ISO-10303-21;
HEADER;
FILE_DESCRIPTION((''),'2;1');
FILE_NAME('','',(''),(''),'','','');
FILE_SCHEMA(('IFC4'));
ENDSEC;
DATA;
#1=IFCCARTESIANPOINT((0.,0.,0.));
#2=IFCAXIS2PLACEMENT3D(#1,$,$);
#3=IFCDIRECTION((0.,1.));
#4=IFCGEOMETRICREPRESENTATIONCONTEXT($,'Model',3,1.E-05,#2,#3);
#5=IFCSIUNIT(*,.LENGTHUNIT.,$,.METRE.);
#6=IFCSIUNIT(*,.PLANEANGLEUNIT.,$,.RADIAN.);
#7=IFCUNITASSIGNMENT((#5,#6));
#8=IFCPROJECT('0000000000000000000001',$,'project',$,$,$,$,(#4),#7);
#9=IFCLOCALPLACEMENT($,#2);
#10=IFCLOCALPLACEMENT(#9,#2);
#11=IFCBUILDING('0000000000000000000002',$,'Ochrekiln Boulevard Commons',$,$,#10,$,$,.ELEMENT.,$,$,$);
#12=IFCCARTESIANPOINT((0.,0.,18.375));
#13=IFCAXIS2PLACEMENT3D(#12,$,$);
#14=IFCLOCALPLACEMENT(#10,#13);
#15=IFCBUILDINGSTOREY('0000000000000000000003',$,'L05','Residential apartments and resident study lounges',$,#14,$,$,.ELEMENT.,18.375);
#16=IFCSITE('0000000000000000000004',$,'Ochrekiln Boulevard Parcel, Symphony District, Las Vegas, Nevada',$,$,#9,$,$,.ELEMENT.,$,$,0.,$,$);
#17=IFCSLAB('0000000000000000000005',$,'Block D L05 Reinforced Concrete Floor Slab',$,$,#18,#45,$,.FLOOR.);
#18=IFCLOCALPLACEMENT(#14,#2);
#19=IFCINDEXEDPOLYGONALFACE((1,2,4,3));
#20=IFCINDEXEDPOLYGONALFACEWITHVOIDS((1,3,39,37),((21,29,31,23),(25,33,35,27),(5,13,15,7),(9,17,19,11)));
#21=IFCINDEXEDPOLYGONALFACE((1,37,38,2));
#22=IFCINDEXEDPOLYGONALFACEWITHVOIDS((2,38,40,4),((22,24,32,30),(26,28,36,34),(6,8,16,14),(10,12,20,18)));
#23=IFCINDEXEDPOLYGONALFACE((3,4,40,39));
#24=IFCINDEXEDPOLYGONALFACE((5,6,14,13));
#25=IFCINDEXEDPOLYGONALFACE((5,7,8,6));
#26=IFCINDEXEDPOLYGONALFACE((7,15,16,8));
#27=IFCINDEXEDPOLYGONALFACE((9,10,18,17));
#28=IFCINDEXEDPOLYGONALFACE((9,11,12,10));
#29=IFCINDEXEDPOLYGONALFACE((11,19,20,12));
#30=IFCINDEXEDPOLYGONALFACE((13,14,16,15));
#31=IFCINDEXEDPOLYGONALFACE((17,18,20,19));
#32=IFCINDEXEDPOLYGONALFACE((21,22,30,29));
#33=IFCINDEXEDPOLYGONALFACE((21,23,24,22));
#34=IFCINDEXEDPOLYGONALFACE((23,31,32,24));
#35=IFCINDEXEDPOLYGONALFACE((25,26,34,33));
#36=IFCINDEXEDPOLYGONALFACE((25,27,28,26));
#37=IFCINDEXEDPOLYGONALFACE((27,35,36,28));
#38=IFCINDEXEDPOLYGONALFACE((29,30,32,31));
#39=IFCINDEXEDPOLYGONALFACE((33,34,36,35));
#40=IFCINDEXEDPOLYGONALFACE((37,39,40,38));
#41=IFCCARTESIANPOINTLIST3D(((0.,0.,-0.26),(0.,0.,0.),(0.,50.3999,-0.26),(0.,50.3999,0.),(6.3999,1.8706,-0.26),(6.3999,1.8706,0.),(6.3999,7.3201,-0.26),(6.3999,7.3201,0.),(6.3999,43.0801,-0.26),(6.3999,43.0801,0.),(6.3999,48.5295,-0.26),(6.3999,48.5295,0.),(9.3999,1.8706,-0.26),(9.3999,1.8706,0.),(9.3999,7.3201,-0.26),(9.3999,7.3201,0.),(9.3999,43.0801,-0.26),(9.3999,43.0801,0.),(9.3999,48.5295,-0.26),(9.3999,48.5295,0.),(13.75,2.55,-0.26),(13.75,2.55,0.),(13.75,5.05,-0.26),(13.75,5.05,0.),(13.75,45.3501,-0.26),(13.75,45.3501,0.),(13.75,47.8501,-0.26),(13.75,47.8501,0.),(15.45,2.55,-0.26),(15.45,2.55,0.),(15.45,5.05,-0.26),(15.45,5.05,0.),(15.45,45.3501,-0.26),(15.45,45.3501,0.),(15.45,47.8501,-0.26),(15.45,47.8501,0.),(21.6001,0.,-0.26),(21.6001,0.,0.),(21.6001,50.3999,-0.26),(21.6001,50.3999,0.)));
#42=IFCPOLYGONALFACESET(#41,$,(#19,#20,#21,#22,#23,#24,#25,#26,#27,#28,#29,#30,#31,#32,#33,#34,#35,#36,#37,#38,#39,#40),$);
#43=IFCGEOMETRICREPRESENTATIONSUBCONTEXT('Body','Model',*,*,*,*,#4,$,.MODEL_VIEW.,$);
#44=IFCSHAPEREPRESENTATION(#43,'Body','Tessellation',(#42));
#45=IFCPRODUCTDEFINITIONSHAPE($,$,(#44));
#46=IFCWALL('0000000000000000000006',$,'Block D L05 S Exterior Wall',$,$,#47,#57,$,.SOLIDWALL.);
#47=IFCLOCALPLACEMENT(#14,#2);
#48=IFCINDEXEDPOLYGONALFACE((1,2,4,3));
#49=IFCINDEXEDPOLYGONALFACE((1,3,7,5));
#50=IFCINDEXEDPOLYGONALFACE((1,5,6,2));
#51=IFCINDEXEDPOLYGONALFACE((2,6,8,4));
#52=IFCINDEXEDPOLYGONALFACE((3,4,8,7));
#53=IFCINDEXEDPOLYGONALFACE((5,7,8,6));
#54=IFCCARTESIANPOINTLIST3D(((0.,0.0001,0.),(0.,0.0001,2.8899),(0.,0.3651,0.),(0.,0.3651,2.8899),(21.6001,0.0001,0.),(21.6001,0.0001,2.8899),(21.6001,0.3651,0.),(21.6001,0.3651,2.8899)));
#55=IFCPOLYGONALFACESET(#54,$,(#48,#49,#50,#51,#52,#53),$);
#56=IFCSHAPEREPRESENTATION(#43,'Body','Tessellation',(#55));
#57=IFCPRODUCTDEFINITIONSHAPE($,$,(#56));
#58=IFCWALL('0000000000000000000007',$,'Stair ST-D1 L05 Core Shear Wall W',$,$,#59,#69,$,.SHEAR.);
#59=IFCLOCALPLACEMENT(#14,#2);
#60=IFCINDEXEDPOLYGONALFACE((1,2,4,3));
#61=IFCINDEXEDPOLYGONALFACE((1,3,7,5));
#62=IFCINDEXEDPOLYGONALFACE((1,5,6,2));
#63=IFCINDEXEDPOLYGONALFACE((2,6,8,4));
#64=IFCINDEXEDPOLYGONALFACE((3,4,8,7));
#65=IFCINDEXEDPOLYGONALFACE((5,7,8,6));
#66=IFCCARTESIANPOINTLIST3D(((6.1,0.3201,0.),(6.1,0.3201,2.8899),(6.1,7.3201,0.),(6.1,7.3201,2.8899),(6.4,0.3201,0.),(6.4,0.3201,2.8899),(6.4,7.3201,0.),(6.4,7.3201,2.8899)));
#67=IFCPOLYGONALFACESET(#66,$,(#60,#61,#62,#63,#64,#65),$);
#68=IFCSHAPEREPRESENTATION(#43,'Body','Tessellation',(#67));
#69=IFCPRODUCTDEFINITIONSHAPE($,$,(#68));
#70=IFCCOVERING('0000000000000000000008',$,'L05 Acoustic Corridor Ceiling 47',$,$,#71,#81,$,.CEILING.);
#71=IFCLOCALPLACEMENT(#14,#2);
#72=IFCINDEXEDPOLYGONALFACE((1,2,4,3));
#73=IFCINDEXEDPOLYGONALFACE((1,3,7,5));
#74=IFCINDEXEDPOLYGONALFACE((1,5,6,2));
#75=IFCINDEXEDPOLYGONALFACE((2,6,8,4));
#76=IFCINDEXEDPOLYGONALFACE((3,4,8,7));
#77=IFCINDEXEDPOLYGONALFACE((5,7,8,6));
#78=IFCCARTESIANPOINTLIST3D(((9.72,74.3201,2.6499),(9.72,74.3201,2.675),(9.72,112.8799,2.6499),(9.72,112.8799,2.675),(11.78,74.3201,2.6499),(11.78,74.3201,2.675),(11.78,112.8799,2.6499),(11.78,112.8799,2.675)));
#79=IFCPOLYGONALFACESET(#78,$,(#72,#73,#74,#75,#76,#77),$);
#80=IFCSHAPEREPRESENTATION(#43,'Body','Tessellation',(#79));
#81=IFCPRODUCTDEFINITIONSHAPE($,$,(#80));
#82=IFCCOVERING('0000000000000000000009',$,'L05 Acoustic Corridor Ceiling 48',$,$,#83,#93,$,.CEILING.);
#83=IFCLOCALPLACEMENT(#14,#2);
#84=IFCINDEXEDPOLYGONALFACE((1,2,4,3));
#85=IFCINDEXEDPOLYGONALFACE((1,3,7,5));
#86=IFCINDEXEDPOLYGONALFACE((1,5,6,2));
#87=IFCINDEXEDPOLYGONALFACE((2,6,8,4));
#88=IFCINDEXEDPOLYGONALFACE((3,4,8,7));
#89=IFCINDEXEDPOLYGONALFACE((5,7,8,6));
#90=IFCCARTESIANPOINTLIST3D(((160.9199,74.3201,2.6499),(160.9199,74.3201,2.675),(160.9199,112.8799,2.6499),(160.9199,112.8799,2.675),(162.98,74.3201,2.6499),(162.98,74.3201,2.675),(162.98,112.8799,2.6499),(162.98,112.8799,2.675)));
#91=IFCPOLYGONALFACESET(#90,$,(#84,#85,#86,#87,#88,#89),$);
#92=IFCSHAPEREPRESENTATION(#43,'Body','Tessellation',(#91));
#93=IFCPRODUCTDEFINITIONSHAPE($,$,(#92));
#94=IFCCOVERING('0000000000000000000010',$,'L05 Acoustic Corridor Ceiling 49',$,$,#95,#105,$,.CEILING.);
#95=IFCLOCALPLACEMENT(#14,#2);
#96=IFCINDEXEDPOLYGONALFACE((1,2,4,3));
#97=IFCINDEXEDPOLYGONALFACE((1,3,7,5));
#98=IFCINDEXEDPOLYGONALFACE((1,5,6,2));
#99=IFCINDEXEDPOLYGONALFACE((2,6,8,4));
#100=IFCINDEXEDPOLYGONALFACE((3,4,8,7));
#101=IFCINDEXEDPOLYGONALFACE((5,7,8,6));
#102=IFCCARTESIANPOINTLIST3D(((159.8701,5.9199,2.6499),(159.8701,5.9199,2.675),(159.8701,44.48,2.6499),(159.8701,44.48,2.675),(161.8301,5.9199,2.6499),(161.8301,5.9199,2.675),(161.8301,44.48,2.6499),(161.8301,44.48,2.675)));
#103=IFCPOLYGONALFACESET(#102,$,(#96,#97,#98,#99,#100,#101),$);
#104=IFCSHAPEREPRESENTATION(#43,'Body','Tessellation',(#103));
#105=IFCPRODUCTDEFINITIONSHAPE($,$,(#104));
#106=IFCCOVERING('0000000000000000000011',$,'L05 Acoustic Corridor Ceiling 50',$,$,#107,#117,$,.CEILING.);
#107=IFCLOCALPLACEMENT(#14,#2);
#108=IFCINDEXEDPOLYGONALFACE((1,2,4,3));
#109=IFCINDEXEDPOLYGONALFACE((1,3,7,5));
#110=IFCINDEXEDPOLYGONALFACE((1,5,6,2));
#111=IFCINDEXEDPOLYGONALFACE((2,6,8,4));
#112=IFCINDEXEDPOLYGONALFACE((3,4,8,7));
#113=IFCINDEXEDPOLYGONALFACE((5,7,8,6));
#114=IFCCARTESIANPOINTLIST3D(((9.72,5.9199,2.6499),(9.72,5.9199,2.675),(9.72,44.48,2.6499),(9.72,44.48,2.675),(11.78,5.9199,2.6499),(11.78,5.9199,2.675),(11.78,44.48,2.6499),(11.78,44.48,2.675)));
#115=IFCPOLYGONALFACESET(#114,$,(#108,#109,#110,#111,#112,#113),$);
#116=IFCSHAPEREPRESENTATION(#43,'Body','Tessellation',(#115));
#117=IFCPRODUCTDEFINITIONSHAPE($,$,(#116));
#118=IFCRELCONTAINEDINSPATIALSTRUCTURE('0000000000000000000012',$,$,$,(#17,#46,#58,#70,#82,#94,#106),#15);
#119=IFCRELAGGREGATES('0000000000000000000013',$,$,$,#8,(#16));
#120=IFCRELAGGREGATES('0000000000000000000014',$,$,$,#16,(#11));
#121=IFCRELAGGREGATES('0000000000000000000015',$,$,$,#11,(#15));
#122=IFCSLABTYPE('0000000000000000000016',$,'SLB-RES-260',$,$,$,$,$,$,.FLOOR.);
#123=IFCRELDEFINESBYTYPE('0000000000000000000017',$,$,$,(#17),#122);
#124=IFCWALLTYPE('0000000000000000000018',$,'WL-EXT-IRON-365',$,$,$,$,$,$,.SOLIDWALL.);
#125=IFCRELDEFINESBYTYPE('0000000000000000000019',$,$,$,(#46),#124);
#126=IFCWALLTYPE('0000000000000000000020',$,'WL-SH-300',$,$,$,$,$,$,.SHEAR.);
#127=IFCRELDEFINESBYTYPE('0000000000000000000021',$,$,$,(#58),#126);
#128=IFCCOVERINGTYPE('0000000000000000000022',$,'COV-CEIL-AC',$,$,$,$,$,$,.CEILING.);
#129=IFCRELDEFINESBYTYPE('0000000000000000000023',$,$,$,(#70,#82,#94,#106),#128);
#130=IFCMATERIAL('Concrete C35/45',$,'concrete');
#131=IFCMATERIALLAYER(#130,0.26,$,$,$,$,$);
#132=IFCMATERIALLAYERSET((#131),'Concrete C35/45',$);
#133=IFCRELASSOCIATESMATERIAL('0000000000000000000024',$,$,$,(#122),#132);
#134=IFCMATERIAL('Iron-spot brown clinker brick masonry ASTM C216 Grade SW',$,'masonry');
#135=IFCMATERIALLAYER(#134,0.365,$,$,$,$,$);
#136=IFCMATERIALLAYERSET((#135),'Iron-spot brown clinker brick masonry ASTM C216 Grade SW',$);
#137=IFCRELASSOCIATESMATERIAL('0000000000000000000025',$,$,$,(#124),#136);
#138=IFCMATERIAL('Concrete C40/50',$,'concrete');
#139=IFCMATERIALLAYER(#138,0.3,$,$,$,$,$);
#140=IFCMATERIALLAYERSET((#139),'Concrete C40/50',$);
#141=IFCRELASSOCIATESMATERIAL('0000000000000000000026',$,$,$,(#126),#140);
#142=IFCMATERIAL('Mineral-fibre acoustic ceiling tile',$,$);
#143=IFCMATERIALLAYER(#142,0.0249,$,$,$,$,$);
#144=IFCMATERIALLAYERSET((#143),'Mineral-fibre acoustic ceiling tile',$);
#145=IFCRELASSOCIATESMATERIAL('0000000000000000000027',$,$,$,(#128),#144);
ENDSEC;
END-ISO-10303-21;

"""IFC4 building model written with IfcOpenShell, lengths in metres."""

from ifc_helpers import new_model, si_unit, direction, frame, frame_2d, origin, place, context, subcontext, project, spatial, polyline, rectangle, outline, extrude, material, layer, layer_set, type_object, element, save


model = new_model("IFC4")

# Units and contexts
model_context = context("Model", 3, precision=1e-05, world=origin(), true_north=direction((0.0, 1.0)))
body_context = subcontext(model_context, "Body", "Model", "MODEL_VIEW")
ifc_project = project(units=[si_unit("LENGTHUNIT", "METRE"), si_unit("PLANEANGLEUNIT", "RADIAN")], contexts=[model_context])

# Site, building, storey
site_placement = place(None, origin())
site = spatial("IfcSite", under=ifc_project, at=site_placement, Name="Ochrekiln Boulevard Parcel, Symphony District, Las Vegas, Nevada", CompositionType="ELEMENT", RefElevation=0.0)
building_placement = place(site_placement, origin())
building = spatial("IfcBuilding", under=site, at=building_placement, Name="Ochrekiln Boulevard Commons", CompositionType="ELEMENT")
storey_placement = place(building_placement, frame((0.0, 0.0, 18.375)))
storey = spatial("IfcBuildingStorey", under=building, at=storey_placement, Name="L05", Description="Residential apartments and resident study lounges", CompositionType="ELEMENT", Elevation=18.375)

# Shared definitions
ifc_material_1 = material(Name="Concrete C40/50", Category="concrete")

# Shared definitions
ifc_material_2 = material(Name="Concrete C35/45", Category="concrete")

# Slab
ifc_layer_1 = layer(ifc_material_2, 0.26)
ifc_layer_set_1 = layer_set([ifc_layer_1], Name="Concrete C35/45")
slab_type_1 = type_object("IfcSlabType", Name="SLB-RES-260", PredefinedType="FLOOR", material=ifc_layer_set_1)
slab_1_placement = place(storey_placement, frame((0.0, 0.0, -0.26)))
element("IfcSlab", 1, at=slab_1_placement, inside=storey, type_object=slab_type_1, Name="Block D L05 Reinforced Concrete Floor Slab", PredefinedType="FLOOR", context=body_context, shape_type="SweptSolid", body=[
    extrude(outline(polyline([(0.0, 0.0), (21.6001, 0.0), (21.6001, 50.3999), (0.0, 50.3999), (0.0, 0.0)]), holes=[polyline([(9.3999, 1.8706), (9.3999, 7.3201), (6.3999, 7.3201), (6.3999, 1.8706), (9.3999, 1.8706)]), polyline([(6.3999, 48.5295), (6.3999, 43.0801), (9.3999, 43.0801), (9.3999, 48.5295), (6.3999, 48.5295)]), polyline([(13.75, 2.55), (15.45, 2.55), (15.45, 5.05), (13.75, 5.05), (13.75, 2.55)]), polyline([(13.75, 45.3501), (15.45, 45.3501), (15.45, 47.8501), (13.75, 47.8501), (13.75, 45.3501)])]), origin(), (0.0, 0.0, 1.0), 0.26),
])

# Walls
ifc_material_3 = material(Name="Iron-spot brown clinker brick masonry ASTM C216 Grade SW", Category="masonry")
ifc_layer_2 = layer(ifc_material_3, 0.365)
ifc_layer_set_2 = layer_set([ifc_layer_2], Name="Iron-spot brown clinker brick masonry ASTM C216 Grade SW")
wall_type_1 = type_object("IfcWallType", Name="WL-EXT-IRON-365", PredefinedType="SOLIDWALL", material=ifc_layer_set_2)
wall_1_placement = place(storey_placement, frame((0.0, 0.1826, 0.0), z_axis=(0.0, 0.0, 1.0), x_axis=(1.0, 0.0, 0.0)))
element("IfcWall", 2, at=wall_1_placement, inside=storey, type_object=wall_type_1, Name="Block D L05 S Exterior Wall", PredefinedType="SOLIDWALL", context=body_context, shape_type="SweptSolid", body=[
    extrude(rectangle(XDim=21.6001, YDim=0.365, at=frame_2d((10.8, 0.0))), origin(), (0.0, 0.0, 1.0), 2.8899),
])
ifc_layer_3 = layer(ifc_material_1, 0.3)
ifc_layer_set_3 = layer_set([ifc_layer_3], Name="Concrete C40/50")
wall_type_2 = type_object("IfcWallType", Name="WL-SH-300", PredefinedType="SHEAR", material=ifc_layer_set_3)
wall_2_placement = place(storey_placement, frame((6.25, 0.3201, 0.0), z_axis=(0.0, 0.0, 1.0), x_axis=(0.0, 1.0, 0.0)))
element("IfcWall", 3, at=wall_2_placement, inside=storey, type_object=wall_type_2, Name="Stair ST-D1 L05 Core Shear Wall W", PredefinedType="SHEAR", context=body_context, shape_type="SweptSolid", body=[
    extrude(rectangle(XDim=7.0, YDim=0.3, at=frame_2d((3.5, 0.0))), origin(), (0.0, 0.0, 1.0), 2.8899),
])

# Coverings
ifc_material_4 = material(Name="Mineral-fibre acoustic ceiling tile")
ifc_layer_4 = layer(ifc_material_4, 0.0249)
ifc_layer_set_4 = layer_set([ifc_layer_4], Name="Mineral-fibre acoustic ceiling tile")
covering_type = type_object("IfcCoveringType", Name="COV-CEIL-AC", PredefinedType="CEILING", material=ifc_layer_set_4)
covering_1_placement = place(storey_placement, frame((0.0, 0.0, 2.6499)))
element("IfcCovering", 4, at=covering_1_placement, inside=storey, type_object=covering_type, Name="L05 Acoustic Corridor Ceiling 47", PredefinedType="CEILING", context=body_context, shape_type="SweptSolid", body=[
    extrude(outline(polyline([(9.72, 74.3201), (11.78, 74.3201), (11.78, 112.8799), (9.72, 112.8799), (9.72, 74.3201)])), origin(), (0.0, 0.0, 1.0), 0.0251),
])
covering_2_placement = place(storey_placement, frame((0.0, 0.0, 2.6499)))
element("IfcCovering", 5, at=covering_2_placement, inside=storey, type_object=covering_type, Name="L05 Acoustic Corridor Ceiling 48", PredefinedType="CEILING", context=body_context, shape_type="SweptSolid", body=[
    extrude(outline(polyline([(160.9199, 74.3201), (162.98, 74.3201), (162.98, 112.8799), (160.9199, 112.8799), (160.9199, 74.3201)])), origin(), (0.0, 0.0, 1.0), 0.0251),
])
covering_3_placement = place(storey_placement, frame((0.0, 0.0, 2.6499)))
element("IfcCovering", 6, at=covering_3_placement, inside=storey, type_object=covering_type, Name="L05 Acoustic Corridor Ceiling 49", PredefinedType="CEILING", context=body_context, shape_type="SweptSolid", body=[
    extrude(outline(polyline([(159.8701, 5.9199), (161.8301, 5.9199), (161.8301, 44.48), (159.8701, 44.48), (159.8701, 5.9199)])), origin(), (0.0, 0.0, 1.0), 0.0251),
])
covering_4_placement = place(storey_placement, frame((0.0, 0.0, 2.6499)))
element("IfcCovering", 7, at=covering_4_placement, inside=storey, type_object=covering_type, Name="L05 Acoustic Corridor Ceiling 50", PredefinedType="CEILING", context=body_context, shape_type="SweptSolid", body=[
    extrude(outline(polyline([(9.72, 5.9199), (11.78, 5.9199), (11.78, 44.48), (9.72, 44.48), (9.72, 5.9199)])), origin(), (0.0, 0.0, 1.0), 0.0251),
])

save(model, "model.ifc")
